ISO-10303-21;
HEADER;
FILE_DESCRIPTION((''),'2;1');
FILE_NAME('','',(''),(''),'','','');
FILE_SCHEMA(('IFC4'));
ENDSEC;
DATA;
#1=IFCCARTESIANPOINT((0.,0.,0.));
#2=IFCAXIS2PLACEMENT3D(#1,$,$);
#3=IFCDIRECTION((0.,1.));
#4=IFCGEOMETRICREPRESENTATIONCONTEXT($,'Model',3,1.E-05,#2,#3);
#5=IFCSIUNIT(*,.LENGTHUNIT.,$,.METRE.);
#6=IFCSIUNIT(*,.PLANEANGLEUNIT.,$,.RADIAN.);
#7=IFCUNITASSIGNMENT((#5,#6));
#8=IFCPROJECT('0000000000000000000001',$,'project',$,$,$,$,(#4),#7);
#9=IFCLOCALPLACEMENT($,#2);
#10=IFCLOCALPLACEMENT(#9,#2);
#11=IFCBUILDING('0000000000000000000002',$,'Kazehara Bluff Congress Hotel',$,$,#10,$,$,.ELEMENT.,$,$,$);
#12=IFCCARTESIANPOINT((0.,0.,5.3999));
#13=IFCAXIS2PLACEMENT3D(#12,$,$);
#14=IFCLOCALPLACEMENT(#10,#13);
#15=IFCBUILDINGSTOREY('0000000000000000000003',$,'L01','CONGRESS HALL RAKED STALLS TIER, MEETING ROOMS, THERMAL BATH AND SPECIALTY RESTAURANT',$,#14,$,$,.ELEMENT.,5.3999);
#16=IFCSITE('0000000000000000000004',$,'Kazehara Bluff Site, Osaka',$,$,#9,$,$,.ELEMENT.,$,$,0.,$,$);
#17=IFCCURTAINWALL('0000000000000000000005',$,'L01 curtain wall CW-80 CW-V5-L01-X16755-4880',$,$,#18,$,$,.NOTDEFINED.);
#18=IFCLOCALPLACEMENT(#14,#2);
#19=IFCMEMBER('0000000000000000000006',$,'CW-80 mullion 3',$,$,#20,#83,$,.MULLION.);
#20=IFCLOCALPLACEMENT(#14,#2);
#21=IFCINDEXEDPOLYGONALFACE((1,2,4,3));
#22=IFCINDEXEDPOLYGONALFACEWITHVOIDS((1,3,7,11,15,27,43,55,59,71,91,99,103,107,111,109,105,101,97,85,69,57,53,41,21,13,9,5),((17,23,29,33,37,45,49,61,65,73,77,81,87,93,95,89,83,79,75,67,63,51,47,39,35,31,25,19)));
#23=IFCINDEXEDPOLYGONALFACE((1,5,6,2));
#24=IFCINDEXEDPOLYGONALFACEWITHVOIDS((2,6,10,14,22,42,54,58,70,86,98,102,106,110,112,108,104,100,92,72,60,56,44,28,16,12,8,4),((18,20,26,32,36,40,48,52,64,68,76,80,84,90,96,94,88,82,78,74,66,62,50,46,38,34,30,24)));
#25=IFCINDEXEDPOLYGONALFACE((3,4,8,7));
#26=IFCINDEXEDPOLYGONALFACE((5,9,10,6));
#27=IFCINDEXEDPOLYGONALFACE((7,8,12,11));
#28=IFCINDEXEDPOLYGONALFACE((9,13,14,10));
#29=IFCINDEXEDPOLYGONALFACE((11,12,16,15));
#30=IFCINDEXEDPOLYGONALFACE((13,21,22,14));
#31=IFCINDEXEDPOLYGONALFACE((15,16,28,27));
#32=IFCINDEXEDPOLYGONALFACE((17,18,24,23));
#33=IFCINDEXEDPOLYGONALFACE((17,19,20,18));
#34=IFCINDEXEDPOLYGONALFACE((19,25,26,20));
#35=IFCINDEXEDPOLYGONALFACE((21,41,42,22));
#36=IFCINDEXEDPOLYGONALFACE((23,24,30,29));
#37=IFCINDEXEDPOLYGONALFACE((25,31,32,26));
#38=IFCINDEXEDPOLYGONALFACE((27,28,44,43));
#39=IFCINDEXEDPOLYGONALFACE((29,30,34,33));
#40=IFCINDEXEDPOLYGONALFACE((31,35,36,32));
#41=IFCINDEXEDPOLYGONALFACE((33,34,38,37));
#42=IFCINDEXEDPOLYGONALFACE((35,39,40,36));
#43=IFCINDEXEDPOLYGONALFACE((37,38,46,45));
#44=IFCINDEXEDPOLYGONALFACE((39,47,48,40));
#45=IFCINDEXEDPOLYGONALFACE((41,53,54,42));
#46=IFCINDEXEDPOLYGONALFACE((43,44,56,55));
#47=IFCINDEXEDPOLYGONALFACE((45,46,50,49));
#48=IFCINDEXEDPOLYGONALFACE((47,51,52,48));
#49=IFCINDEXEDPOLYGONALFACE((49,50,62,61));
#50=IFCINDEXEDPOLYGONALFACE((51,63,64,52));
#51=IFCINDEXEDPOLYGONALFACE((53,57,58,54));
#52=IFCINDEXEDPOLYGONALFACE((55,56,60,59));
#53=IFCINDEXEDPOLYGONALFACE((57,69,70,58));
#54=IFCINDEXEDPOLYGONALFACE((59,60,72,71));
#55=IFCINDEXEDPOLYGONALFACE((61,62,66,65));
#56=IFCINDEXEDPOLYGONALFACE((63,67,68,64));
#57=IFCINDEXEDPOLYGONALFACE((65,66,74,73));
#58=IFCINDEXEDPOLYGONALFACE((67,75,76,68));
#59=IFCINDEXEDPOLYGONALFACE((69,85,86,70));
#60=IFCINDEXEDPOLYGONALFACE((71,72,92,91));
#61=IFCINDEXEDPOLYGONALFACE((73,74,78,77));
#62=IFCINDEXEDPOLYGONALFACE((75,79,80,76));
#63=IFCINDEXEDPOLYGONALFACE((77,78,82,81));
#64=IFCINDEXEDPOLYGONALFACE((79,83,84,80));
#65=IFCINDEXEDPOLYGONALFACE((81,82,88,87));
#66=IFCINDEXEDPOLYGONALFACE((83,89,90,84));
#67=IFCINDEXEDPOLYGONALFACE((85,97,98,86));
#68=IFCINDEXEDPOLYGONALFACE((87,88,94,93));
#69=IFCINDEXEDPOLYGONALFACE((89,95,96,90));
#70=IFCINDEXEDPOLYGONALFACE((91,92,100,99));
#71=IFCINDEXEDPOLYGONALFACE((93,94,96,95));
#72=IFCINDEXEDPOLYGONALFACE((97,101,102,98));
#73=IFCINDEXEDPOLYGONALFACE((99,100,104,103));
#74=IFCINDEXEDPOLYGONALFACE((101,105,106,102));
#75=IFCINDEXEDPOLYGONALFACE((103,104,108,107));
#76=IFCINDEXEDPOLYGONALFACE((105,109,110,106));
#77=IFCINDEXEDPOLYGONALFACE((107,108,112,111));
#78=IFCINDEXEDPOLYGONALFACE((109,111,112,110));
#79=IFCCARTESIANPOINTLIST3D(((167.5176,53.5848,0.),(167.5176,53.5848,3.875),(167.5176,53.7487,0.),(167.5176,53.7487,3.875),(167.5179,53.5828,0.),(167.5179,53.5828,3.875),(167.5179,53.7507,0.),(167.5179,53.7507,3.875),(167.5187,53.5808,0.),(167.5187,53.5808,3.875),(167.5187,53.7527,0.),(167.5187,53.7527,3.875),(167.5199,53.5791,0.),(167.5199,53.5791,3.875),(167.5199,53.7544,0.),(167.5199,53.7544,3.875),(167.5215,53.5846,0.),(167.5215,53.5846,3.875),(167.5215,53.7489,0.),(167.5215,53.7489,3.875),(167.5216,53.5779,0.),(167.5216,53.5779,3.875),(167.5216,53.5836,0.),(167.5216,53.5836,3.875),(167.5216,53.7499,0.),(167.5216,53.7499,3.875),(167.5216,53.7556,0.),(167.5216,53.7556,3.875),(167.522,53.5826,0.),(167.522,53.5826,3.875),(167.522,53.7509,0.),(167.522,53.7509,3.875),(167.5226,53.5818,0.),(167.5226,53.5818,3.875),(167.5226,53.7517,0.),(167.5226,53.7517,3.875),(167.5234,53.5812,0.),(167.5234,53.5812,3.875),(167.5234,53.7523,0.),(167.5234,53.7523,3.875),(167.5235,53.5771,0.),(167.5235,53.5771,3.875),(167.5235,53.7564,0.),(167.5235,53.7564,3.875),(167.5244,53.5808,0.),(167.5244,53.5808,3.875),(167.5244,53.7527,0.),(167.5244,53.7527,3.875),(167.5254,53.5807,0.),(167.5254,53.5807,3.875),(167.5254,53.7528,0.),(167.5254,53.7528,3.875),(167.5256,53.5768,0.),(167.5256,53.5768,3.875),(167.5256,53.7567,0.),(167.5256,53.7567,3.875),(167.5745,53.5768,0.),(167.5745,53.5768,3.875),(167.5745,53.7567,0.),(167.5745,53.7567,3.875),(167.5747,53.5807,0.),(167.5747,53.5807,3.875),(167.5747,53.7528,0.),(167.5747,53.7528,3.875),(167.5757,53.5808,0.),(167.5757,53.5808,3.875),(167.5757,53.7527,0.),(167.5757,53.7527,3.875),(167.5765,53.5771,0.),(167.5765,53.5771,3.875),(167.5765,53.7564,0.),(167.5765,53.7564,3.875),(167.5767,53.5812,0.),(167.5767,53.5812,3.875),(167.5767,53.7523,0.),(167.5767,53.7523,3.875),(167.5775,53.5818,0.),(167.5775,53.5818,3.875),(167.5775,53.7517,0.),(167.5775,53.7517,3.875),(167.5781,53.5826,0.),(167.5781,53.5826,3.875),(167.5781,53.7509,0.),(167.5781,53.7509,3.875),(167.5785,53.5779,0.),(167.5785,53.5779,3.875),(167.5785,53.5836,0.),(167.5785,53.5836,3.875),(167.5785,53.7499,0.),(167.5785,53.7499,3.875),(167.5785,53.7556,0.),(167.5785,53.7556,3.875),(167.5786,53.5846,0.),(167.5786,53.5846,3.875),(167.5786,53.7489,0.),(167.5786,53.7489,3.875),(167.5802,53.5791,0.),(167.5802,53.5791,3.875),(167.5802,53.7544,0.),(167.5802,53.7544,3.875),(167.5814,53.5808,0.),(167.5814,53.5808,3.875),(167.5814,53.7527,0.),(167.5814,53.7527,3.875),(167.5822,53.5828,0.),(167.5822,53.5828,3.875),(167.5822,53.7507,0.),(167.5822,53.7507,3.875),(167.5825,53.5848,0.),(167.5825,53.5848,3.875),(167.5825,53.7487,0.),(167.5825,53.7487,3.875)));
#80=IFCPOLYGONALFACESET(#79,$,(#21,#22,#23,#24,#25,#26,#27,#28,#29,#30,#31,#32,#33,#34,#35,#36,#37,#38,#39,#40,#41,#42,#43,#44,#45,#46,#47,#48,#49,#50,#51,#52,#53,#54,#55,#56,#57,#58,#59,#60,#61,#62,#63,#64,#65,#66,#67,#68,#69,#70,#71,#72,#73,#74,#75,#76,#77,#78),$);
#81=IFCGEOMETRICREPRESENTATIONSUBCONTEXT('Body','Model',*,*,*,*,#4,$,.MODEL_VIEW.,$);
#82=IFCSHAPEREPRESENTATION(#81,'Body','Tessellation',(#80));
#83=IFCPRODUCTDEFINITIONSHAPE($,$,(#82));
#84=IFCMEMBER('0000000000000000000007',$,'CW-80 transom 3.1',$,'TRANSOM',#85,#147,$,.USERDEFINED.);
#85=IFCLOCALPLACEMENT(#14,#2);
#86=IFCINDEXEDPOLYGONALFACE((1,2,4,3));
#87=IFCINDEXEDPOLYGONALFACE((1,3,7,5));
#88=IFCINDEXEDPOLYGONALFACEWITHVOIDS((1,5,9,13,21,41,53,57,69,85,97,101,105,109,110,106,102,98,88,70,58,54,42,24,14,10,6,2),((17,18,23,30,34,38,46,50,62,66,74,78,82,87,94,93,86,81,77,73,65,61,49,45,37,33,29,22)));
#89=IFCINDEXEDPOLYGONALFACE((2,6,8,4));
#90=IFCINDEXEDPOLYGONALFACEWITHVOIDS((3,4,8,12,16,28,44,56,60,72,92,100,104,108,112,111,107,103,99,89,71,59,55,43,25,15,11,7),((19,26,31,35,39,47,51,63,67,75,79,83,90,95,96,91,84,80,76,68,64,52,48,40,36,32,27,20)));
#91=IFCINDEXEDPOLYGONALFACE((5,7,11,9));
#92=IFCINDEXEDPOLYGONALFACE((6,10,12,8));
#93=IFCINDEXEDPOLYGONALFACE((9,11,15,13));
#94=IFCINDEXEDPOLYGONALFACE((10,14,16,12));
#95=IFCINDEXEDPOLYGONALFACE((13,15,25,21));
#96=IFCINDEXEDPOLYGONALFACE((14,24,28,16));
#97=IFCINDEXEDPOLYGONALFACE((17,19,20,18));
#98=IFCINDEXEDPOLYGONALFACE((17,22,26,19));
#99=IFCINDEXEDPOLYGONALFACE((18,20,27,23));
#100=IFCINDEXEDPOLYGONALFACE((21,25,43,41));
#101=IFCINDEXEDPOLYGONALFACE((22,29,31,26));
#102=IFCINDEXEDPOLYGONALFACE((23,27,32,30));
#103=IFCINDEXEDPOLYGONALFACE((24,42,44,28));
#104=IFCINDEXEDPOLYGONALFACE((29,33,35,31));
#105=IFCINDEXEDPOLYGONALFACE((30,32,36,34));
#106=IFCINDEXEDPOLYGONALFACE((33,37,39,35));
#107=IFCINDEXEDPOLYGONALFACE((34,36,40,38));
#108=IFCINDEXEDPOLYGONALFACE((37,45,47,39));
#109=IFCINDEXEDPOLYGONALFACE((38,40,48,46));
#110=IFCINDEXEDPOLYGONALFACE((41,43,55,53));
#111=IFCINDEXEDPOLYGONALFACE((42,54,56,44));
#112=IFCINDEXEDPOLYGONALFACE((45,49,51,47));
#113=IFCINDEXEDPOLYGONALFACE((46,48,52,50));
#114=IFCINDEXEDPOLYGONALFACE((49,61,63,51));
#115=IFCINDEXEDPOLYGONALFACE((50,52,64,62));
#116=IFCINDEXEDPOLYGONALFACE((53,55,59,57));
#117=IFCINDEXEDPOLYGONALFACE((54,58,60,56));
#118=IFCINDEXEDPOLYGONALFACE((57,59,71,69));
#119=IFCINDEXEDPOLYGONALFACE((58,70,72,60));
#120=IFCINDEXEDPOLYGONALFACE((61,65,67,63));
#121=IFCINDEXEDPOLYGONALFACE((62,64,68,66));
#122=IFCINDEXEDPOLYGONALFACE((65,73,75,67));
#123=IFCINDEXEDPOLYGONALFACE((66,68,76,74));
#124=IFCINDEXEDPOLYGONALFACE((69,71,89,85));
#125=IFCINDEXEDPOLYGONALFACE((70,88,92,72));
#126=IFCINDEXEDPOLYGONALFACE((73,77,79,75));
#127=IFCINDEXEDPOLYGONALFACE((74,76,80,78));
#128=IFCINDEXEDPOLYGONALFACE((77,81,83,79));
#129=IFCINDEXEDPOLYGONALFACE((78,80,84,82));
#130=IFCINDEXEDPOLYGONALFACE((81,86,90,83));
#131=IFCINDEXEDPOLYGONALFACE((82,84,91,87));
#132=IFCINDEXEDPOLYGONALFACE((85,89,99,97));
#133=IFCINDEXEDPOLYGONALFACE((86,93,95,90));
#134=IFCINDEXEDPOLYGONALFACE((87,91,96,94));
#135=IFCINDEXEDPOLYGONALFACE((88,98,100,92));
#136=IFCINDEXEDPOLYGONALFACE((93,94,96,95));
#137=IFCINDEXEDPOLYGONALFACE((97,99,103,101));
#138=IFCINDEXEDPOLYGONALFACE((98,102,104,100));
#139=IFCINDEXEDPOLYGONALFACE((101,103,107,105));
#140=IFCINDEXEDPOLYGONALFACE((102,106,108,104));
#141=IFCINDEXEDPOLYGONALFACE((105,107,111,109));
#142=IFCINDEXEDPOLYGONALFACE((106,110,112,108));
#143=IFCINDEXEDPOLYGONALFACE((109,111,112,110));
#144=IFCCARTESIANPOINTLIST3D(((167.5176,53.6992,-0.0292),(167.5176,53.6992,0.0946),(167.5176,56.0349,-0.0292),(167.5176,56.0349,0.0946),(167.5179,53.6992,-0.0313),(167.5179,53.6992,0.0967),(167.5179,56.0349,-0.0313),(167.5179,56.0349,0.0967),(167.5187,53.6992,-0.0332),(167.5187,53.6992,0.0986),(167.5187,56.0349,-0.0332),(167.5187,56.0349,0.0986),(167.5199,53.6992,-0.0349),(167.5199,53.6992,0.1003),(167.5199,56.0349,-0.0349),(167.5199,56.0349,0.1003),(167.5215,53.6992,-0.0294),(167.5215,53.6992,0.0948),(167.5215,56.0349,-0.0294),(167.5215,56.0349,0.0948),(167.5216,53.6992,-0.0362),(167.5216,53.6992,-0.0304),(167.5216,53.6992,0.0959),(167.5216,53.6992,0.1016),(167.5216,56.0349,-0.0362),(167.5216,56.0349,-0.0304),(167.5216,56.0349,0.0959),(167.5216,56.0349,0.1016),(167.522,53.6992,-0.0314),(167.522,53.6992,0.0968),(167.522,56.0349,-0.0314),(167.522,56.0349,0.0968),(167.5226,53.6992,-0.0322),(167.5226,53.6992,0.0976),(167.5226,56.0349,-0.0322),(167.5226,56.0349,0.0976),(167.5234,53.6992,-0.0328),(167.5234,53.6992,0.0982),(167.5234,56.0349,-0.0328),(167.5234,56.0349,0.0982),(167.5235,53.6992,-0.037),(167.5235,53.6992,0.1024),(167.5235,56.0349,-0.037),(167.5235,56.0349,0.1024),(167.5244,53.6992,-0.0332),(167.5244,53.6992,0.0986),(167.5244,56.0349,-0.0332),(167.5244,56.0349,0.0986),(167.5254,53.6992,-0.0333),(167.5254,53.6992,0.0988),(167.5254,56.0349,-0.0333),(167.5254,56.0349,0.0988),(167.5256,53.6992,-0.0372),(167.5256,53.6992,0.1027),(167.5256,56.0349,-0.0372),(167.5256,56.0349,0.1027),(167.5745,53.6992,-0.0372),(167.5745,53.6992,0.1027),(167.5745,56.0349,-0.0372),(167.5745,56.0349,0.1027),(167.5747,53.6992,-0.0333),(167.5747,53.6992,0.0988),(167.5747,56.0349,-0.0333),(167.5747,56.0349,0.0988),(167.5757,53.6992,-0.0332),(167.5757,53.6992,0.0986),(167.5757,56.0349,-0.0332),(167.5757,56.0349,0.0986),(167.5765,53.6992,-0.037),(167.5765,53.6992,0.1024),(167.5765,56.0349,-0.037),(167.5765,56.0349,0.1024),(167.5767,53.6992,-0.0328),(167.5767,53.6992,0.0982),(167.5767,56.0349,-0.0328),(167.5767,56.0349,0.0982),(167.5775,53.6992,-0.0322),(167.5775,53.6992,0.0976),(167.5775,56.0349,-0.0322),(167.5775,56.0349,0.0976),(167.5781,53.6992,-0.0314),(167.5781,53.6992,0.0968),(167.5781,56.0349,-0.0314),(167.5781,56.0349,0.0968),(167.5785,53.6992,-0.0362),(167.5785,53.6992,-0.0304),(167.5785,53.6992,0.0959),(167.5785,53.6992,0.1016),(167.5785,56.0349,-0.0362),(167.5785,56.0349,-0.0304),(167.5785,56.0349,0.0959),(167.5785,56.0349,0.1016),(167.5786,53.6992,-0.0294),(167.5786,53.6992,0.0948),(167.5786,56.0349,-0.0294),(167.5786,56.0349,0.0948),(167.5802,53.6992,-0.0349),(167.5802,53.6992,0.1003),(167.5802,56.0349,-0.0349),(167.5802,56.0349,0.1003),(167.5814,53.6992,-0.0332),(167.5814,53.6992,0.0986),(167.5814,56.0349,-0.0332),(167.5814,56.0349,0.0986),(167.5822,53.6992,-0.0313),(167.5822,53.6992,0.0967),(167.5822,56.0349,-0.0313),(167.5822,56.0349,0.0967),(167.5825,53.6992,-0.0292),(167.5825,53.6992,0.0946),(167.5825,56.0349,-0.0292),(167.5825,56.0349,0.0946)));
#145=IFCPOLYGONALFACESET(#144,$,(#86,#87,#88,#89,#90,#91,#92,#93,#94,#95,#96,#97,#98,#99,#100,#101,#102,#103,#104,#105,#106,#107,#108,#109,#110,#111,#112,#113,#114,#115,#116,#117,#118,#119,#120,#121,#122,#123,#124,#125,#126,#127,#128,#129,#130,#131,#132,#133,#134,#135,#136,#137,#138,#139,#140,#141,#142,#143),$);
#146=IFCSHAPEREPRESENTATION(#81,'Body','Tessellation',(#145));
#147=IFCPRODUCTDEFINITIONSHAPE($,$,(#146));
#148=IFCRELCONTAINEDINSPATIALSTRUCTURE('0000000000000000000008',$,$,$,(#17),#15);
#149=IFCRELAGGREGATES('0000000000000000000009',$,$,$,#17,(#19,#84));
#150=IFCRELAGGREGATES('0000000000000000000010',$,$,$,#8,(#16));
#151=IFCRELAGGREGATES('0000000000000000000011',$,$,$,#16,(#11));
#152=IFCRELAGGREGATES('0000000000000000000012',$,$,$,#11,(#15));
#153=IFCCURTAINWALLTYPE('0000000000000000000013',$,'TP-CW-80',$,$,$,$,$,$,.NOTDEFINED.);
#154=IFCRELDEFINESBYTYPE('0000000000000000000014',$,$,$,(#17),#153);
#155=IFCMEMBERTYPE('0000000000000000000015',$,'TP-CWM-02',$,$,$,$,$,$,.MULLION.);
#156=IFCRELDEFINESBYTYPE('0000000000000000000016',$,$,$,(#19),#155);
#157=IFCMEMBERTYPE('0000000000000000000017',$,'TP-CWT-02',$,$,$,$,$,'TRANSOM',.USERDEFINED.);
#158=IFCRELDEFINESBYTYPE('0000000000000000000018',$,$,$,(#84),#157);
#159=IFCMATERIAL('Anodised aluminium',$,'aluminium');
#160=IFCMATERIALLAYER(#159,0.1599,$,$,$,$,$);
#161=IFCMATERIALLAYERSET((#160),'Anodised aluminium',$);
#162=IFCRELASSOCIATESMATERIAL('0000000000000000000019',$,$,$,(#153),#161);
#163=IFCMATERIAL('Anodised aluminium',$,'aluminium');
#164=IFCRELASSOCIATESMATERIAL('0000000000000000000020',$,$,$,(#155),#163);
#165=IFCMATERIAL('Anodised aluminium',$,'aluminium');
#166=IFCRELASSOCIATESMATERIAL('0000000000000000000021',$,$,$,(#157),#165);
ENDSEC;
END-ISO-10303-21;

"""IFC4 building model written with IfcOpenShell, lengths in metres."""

from ifc_helpers import new_model, si_unit, direction, frame, origin, origin_2d, place, context, subcontext, project, spatial, hollow_rectangle, extrude, material, layer, layer_set, material_profile, profile_set, type_object, element, aggregate, save


model = new_model("IFC4")

# Units and contexts
model_context = context("Model", 3, precision=1e-05, world=origin(), true_north=direction((0.0, 1.0)))
body_context = subcontext(model_context, "Body", "Model", "MODEL_VIEW")
ifc_project = project(units=[si_unit("LENGTHUNIT", "METRE"), si_unit("PLANEANGLEUNIT", "RADIAN")], contexts=[model_context])

# Site, building, storey
site_placement = place(None, origin())
site = spatial("IfcSite", under=ifc_project, at=site_placement, Name="Kazehara Bluff Site, Osaka", CompositionType="ELEMENT", RefElevation=0.0)
building_placement = place(site_placement, origin())
building = spatial("IfcBuilding", under=site, at=building_placement, Name="Kazehara Bluff Congress Hotel", CompositionType="ELEMENT")
storey_placement = place(building_placement, frame((0.0, 0.0, 5.3999)))
storey = spatial("IfcBuildingStorey", under=building, at=storey_placement, Name="L01", Description="CONGRESS HALL RAKED STALLS TIER, MEETING ROOMS, THERMAL BATH AND SPECIALTY RESTAURANT", CompositionType="ELEMENT", Elevation=5.3999)

# Curtain wall, members
ifc_material_1 = material(Name="Anodised aluminium", Category="aluminium")
ifc_layer_1 = layer(ifc_material_1, 0.1599)
ifc_layer_set_1 = layer_set([ifc_layer_1], Name="Anodised aluminium")
curtain_wall_type = type_object("IfcCurtainWallType", Name="TP-CW-80", PredefinedType="NOTDEFINED", material=ifc_layer_set_1)
curtain_wall_placement = place(storey_placement, origin())
curtain_wall = element("IfcCurtainWall", 1, at=curtain_wall_placement, inside=storey, type_object=curtain_wall_type, Name="L01 curtain wall CW-80 CW-V5-L01-X16755-4880", PredefinedType="NOTDEFINED")
ifc_material_2 = material(Name="Anodised aluminium", Category="aluminium")
ifc_material_profile_1 = material_profile(ifc_material_2, hollow_rectangle(XDim=0.0649, YDim=0.1799, WallThickness=0.0039, InnerFilletRadius=0.0039, OuterFilletRadius=0.0081, at=origin_2d()))
ifc_profile_set_1 = profile_set([ifc_material_profile_1], Name="Anodised aluminium")
member_type_1 = type_object("IfcMemberType", Name="TP-CWM-02", PredefinedType="MULLION", material=ifc_profile_set_1)
member_1_placement = place(storey_placement, frame((167.55, 53.6667, 0.0), z_axis=(0.0, 0.0, 1.0), x_axis=(-1.0, 0.0, 0.0)))
member_1 = element("IfcMember", 2, at=member_1_placement, type_object=member_type_1, Name="CW-80 mullion 3", PredefinedType="MULLION", context=body_context, shape_type="SweptSolid", body=[
    extrude(hollow_rectangle(XDim=0.0649, YDim=0.1799, WallThickness=0.0039, InnerFilletRadius=0.0039, OuterFilletRadius=0.0081, at=origin_2d()), origin(), (0.0, 0.0, 1.0), 3.875),
])
ifc_material_3 = material(Name="Anodised aluminium", Category="aluminium")
ifc_material_profile_2 = material_profile(ifc_material_3, hollow_rectangle(XDim=0.0649, YDim=0.1399, WallThickness=0.0039, InnerFilletRadius=0.0039, OuterFilletRadius=0.0081, at=origin_2d()))
ifc_profile_set_2 = profile_set([ifc_material_profile_2], Name="Anodised aluminium")
member_type_2 = type_object("IfcMemberType", Name="TP-CWT-02", ElementType="TRANSOM", PredefinedType="USERDEFINED", material=ifc_profile_set_2)
member_2_placement = place(storey_placement, frame((167.55, 53.6992, 0.0327), z_axis=(0.0, 1.0, 0.0), x_axis=(-1.0, 0.0, 0.0)))
member_2 = element("IfcMember", 3, at=member_2_placement, type_object=member_type_2, Name="CW-80 transom 3.1", ObjectType="TRANSOM", PredefinedType="USERDEFINED", context=body_context, shape_type="SweptSolid", body=[
    extrude(hollow_rectangle(XDim=0.0649, YDim=0.1399, WallThickness=0.0039, InnerFilletRadius=0.0039, OuterFilletRadius=0.0081, at=origin_2d()), origin(), (0.0, 0.0, 1.0), 2.3357),
])

aggregate(curtain_wall, [member_1, member_2])

save(model, "model.ifc")
